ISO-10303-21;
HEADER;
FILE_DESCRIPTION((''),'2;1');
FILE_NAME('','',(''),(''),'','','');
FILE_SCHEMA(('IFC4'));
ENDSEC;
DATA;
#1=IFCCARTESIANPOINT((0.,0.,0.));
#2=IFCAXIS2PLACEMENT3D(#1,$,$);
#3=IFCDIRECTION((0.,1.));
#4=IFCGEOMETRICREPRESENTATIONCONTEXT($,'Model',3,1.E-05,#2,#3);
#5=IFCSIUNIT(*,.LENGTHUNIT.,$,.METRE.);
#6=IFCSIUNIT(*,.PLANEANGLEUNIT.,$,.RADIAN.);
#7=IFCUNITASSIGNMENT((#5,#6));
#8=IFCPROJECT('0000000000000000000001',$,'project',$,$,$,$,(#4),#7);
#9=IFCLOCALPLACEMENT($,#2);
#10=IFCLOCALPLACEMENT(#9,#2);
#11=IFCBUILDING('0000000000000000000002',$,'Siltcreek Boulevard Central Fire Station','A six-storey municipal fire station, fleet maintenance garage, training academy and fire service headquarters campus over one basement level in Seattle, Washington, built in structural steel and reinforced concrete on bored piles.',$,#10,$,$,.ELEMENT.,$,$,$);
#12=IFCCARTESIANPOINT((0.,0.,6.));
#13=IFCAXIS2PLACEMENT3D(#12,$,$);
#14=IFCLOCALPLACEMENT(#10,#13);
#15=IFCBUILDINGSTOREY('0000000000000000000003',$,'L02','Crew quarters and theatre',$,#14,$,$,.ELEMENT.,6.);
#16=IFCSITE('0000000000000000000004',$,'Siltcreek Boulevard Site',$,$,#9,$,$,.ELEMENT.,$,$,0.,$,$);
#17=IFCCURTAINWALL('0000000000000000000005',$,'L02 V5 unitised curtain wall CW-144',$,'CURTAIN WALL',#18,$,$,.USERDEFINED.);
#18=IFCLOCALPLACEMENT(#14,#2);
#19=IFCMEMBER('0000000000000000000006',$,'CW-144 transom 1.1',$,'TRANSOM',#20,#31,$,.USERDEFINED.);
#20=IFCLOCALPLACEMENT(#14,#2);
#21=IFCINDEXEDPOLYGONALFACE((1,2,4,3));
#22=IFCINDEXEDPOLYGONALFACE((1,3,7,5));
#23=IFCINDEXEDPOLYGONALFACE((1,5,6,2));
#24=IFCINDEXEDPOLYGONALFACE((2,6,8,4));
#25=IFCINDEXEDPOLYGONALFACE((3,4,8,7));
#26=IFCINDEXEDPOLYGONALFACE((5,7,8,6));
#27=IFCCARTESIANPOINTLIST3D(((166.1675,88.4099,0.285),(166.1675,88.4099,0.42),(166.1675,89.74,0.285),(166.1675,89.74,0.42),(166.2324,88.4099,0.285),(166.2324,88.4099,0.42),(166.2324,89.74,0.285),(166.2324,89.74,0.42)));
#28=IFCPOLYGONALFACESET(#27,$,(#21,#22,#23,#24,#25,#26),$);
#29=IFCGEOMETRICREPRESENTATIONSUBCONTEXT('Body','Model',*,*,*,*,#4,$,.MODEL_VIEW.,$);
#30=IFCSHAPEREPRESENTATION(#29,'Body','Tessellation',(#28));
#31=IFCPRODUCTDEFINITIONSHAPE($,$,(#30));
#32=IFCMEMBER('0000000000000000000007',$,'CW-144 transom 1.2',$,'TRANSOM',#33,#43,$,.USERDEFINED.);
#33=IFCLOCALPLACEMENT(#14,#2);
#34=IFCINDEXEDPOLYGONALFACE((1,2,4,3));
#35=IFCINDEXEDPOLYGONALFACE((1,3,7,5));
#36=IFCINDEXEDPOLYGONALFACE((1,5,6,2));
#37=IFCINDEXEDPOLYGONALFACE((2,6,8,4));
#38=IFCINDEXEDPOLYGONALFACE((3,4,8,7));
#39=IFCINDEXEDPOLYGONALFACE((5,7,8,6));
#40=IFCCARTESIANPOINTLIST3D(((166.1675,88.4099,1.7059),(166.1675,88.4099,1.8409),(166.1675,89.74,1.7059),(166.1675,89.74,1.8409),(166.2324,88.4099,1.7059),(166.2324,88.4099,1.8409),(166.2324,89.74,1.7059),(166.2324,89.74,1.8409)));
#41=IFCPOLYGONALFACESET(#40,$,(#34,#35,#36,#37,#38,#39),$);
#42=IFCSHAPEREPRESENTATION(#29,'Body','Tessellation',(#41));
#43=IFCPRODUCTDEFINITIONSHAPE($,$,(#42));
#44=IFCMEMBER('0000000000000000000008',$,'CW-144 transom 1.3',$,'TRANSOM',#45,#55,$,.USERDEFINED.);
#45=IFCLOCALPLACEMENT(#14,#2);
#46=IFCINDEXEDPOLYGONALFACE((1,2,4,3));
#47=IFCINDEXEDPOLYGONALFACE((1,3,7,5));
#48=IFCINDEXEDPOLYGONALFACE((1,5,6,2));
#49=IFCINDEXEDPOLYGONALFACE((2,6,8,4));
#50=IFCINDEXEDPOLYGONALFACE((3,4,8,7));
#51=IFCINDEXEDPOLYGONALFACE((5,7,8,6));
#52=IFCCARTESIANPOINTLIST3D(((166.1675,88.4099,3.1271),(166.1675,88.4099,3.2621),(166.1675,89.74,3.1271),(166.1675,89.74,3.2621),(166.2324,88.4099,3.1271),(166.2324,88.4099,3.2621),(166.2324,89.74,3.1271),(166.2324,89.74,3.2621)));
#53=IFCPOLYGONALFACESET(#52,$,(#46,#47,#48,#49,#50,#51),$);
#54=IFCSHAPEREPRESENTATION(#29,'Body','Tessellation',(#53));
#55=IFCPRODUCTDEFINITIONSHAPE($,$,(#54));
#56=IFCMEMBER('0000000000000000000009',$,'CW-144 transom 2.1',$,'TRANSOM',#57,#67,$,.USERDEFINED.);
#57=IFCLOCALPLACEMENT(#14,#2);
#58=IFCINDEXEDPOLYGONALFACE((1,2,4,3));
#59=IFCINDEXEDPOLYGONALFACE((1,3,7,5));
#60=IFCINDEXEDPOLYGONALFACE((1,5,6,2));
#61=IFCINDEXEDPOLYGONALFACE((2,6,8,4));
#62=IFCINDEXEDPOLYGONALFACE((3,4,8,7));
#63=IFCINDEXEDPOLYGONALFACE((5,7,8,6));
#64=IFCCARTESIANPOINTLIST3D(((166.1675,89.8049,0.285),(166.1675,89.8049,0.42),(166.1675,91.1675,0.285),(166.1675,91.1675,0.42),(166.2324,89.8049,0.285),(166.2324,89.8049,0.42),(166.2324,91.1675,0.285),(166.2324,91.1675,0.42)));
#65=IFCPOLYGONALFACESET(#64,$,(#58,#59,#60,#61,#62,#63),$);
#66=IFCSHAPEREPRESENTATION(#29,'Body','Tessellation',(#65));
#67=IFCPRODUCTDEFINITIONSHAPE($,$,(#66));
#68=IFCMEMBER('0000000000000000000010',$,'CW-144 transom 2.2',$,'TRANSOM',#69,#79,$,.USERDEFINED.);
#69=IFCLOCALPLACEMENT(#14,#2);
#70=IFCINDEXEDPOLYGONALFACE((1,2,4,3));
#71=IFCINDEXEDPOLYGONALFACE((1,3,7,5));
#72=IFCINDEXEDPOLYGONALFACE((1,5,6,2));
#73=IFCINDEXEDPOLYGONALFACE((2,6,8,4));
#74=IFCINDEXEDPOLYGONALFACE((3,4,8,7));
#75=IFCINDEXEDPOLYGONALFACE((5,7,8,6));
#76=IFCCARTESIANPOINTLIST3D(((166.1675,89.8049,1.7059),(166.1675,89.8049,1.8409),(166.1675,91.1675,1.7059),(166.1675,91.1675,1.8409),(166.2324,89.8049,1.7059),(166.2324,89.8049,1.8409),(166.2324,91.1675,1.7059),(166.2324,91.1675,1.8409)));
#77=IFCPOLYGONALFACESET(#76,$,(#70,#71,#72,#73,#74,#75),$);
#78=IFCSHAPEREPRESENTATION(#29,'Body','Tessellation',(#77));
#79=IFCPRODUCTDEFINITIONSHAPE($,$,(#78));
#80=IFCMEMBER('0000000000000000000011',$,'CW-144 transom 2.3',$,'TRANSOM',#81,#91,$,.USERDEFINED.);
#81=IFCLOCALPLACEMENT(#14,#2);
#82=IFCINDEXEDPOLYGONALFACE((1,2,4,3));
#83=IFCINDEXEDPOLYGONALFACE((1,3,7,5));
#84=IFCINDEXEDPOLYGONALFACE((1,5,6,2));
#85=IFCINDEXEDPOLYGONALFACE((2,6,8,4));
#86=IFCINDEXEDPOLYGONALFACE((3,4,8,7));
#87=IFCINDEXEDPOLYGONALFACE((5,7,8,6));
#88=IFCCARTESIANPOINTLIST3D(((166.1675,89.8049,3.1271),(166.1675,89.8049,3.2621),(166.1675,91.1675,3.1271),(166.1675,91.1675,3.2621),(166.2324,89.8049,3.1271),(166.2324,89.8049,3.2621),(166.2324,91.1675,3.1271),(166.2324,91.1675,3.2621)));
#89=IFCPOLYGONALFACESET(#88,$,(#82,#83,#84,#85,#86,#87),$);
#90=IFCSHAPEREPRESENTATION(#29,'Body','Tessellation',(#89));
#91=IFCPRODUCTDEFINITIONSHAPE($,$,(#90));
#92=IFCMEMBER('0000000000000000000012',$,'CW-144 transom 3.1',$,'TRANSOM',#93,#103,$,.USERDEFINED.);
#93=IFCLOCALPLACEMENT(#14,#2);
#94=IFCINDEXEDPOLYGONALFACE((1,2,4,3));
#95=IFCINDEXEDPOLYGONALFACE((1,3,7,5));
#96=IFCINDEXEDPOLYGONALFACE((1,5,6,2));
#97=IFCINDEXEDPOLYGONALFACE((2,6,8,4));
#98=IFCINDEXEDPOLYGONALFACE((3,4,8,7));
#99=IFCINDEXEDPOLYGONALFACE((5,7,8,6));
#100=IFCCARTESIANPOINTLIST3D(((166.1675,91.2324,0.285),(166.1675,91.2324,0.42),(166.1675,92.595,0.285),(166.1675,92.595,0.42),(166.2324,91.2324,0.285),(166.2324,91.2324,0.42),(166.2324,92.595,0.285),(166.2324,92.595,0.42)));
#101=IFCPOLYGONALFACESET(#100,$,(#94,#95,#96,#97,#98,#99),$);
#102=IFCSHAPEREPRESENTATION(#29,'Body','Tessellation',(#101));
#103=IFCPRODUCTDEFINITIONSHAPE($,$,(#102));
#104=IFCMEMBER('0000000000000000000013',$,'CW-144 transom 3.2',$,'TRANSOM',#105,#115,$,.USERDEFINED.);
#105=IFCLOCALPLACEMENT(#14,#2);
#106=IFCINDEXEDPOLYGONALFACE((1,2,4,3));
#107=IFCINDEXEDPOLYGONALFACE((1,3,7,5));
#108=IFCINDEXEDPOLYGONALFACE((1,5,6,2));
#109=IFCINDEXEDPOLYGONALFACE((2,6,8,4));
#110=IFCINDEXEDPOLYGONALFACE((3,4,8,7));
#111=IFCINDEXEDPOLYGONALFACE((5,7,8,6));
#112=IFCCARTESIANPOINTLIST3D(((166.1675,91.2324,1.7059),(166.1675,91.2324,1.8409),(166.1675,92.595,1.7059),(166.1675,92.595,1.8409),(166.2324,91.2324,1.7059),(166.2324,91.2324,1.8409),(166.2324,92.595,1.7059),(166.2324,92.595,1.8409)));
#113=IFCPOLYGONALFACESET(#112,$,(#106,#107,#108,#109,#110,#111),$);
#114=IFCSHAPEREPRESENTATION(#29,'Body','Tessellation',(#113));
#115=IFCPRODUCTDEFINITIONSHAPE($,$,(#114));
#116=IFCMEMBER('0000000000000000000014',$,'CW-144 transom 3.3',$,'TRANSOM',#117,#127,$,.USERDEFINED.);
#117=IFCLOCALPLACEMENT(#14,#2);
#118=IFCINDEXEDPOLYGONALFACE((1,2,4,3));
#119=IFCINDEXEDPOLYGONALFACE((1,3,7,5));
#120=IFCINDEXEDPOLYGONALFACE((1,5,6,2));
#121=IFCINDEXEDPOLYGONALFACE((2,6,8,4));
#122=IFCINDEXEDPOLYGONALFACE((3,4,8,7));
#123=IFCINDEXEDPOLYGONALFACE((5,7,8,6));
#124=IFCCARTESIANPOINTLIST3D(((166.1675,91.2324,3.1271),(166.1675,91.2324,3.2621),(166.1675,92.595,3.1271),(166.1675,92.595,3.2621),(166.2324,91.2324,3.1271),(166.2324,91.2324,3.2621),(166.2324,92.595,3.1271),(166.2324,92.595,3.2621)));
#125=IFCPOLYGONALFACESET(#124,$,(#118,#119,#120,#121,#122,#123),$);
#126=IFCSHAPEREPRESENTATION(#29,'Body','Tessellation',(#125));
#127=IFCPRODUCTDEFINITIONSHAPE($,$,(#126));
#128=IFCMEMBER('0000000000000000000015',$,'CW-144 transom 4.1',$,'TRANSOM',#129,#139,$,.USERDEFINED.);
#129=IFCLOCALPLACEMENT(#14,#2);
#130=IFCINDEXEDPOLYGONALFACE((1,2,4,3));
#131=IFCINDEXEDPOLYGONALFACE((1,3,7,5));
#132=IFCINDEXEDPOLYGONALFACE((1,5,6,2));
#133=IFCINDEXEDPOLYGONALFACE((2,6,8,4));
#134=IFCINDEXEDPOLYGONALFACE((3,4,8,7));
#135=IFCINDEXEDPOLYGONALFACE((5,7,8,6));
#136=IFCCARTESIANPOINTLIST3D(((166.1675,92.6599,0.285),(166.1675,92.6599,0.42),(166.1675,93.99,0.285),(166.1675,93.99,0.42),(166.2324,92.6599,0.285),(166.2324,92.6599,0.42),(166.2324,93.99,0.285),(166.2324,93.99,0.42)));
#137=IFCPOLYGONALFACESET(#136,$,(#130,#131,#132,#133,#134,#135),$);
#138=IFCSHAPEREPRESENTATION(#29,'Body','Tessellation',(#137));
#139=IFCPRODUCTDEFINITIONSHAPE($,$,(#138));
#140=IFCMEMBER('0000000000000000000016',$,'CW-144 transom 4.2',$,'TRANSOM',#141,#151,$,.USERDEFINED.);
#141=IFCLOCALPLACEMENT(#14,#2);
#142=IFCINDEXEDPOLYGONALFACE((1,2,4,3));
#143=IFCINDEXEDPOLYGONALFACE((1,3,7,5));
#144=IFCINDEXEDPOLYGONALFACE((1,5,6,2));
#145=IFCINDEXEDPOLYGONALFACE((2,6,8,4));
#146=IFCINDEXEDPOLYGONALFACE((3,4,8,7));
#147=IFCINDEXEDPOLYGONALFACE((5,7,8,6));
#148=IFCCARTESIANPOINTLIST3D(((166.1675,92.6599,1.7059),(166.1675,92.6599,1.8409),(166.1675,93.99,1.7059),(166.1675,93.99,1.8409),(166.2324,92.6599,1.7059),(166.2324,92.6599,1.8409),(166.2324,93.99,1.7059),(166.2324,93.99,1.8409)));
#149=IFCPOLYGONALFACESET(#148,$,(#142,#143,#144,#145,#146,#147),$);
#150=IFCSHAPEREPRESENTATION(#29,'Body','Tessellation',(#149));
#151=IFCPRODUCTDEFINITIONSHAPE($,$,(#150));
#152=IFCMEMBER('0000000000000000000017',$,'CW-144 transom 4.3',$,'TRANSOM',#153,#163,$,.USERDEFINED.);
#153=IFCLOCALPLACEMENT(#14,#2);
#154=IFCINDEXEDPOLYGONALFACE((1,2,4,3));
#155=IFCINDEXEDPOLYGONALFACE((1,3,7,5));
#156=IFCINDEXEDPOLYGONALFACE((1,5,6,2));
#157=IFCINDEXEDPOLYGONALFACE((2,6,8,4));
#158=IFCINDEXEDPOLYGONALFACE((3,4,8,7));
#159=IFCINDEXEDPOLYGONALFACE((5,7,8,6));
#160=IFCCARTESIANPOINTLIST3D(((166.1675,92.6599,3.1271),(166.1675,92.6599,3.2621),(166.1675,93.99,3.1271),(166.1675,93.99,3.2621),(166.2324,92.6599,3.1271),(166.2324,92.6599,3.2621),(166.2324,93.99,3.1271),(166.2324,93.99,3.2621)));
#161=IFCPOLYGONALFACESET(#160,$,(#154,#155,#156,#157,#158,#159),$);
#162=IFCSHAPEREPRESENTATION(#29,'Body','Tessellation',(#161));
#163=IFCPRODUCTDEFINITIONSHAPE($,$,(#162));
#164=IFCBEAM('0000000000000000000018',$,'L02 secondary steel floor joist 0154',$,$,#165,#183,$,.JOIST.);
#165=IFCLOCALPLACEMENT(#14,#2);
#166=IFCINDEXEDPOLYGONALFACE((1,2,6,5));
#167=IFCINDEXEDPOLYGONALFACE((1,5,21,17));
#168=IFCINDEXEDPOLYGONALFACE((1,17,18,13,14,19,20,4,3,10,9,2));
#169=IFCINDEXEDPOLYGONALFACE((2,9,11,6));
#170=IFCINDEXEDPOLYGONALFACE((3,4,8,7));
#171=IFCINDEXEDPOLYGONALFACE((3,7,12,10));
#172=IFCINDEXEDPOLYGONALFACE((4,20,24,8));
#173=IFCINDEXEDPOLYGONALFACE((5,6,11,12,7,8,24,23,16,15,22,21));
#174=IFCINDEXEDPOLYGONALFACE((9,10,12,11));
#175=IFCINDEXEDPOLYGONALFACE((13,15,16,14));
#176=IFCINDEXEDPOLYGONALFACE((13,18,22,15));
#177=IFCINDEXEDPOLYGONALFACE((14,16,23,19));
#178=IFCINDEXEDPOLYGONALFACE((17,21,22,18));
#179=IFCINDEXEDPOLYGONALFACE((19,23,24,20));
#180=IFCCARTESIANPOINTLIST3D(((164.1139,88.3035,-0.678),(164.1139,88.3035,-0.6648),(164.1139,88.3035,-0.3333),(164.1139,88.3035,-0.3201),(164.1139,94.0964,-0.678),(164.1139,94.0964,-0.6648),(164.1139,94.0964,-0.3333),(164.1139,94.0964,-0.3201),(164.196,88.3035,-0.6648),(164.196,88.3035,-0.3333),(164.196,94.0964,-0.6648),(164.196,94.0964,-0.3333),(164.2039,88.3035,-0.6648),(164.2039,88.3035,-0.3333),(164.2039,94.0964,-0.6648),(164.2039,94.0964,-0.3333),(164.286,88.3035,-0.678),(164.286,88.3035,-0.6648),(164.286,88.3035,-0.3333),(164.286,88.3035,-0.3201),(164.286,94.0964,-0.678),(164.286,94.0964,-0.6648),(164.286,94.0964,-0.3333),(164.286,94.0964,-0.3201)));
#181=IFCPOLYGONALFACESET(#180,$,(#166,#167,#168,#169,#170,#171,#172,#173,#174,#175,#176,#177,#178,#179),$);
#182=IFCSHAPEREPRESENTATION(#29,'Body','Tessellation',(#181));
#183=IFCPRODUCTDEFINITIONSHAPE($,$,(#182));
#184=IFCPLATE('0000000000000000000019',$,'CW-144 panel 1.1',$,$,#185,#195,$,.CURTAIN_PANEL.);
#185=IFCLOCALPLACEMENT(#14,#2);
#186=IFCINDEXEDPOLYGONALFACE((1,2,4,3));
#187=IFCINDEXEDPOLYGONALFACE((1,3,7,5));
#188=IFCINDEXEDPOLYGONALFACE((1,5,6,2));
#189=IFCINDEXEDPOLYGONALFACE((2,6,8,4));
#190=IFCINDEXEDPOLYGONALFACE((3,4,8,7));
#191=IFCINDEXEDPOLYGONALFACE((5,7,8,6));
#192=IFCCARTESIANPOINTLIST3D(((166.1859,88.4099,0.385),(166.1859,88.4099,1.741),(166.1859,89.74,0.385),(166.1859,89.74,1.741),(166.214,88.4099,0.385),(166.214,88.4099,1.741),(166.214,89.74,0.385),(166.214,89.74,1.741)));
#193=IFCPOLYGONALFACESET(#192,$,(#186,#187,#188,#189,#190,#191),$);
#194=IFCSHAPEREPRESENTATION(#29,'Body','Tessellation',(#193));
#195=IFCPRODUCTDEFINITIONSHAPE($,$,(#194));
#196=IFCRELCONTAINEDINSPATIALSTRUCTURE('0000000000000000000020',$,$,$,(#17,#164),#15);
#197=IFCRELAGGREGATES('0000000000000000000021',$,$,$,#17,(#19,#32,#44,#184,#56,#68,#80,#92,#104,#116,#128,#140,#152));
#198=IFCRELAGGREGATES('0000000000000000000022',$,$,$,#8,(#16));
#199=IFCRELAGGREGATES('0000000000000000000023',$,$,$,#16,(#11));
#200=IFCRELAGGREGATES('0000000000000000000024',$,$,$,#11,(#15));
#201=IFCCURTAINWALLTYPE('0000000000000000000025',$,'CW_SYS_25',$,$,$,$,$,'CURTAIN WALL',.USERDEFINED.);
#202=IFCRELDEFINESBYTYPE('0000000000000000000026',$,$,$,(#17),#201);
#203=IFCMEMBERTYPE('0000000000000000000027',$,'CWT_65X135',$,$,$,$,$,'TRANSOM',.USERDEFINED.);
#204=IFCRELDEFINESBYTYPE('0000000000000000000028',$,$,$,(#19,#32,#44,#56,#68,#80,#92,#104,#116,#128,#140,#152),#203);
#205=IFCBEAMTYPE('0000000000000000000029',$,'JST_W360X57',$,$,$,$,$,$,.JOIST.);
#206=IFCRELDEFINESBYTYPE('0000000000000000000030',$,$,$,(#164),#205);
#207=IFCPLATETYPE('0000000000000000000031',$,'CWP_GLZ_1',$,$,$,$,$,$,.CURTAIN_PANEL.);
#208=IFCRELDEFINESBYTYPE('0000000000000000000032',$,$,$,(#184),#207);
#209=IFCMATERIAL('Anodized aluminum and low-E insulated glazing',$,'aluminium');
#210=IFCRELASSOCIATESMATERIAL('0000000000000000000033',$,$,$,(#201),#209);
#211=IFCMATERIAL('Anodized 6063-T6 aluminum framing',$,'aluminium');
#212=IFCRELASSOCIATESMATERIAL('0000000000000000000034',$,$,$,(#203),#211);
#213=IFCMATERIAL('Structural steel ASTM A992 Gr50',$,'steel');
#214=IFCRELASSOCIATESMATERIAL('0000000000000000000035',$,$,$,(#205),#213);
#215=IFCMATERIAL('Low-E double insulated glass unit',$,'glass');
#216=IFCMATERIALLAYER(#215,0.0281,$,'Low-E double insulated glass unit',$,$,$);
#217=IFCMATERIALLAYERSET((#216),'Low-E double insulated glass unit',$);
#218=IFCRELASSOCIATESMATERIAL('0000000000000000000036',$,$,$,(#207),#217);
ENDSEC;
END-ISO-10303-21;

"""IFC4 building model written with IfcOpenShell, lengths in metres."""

from ifc_helpers import new_model, si_unit, direction, frame, origin, origin_2d, place, context, subcontext, project, spatial, rectangle, i_section, extrude, material, layer, layer_set, material_profile, profile_set, type_object, element, aggregate, save


model = new_model("IFC4")

# Units and contexts
model_context = context("Model", 3, precision=1e-05, world=origin(), true_north=direction((0.0, 1.0)))
body_context = subcontext(model_context, "Body", "Model", "MODEL_VIEW")
ifc_project = project(units=[si_unit("LENGTHUNIT", "METRE"), si_unit("PLANEANGLEUNIT", "RADIAN")], contexts=[model_context])

# Site, building, storey
site_placement = place(None, origin())
site = spatial("IfcSite", under=ifc_project, at=site_placement, Name="Siltcreek Boulevard Site", CompositionType="ELEMENT", RefElevation=0.0)
building_placement = place(site_placement, origin())
building = spatial("IfcBuilding", under=site, at=building_placement, Name="Siltcreek Boulevard Central Fire Station", Description="A six-storey municipal fire station, fleet maintenance garage, training academy and fire service headquarters campus over one basement level in Seattle, Washington, built in structural steel and reinforced concrete on bored piles.", CompositionType="ELEMENT")
storey_placement = place(building_placement, frame((0.0, 0.0, 6.0)))
storey = spatial("IfcBuildingStorey", under=building, at=storey_placement, Name="L02", Description="Crew quarters and theatre", CompositionType="ELEMENT", Elevation=6.0)

# Shared definitions
ifc_material_1 = material(Name="Structural steel ASTM A992 Gr50", Category="steel")

# Shared definitions
ifc_material_2 = material(Name="Anodized aluminum and low-E insulated glazing", Category="aluminium")
ifc_material_3 = material(Name="Anodized 6063-T6 aluminum framing", Category="aluminium")

# Curtain wall
curtain_wall_type_1 = type_object("IfcCurtainWallType", Name="CW_SYS_25", ElementType="CURTAIN WALL", PredefinedType="USERDEFINED", material=ifc_material_2)
curtain_wall_1_placement = place(storey_placement, origin())
curtain_wall_1 = element("IfcCurtainWall", 1, at=curtain_wall_1_placement, inside=storey, type_object=curtain_wall_type_1, Name="L02 V5 unitised curtain wall CW-144", ObjectType="CURTAIN WALL", PredefinedType="USERDEFINED")

# Members
ifc_material_profile_1 = material_profile(ifc_material_3, rectangle(XDim=0.0649, YDim=0.135, at=origin_2d()), Name="TRAN65X135")
ifc_profile_set_1 = profile_set([ifc_material_profile_1], Name="Anodized 6063-T6 aluminum framing")
member_type_1 = type_object("IfcMemberType", Name="CWT_65X135", ElementType="TRANSOM", PredefinedType="USERDEFINED", material=ifc_profile_set_1)
member_1_placement = place(storey_placement, frame((166.2, 88.4099, 0.3525), z_axis=(0.0, 1.0, 0.0), x_axis=(-1.0, 0.0, 0.0)))
member_1 = element("IfcMember", 2, at=member_1_placement, type_object=member_type_1, Name="CW-144 transom 1.1", ObjectType="TRANSOM", PredefinedType="USERDEFINED", context=body_context, shape_type="SweptSolid", body=[
    extrude(rectangle(XDim=0.0649, YDim=0.135, at=origin_2d()), origin(), (0.0, 0.0, 1.0), 1.3301),
])
member_2_placement = place(storey_placement, frame((166.2, 88.4099, 1.7734), z_axis=(0.0, 1.0, 0.0), x_axis=(-1.0, 0.0, 0.0)))
member_2 = element("IfcMember", 3, at=member_2_placement, type_object=member_type_1, Name="CW-144 transom 1.2", ObjectType="TRANSOM", PredefinedType="USERDEFINED", context=body_context, shape_type="SweptSolid", body=[
    extrude(rectangle(XDim=0.0649, YDim=0.135, at=origin_2d()), origin(), (0.0, 0.0, 1.0), 1.3301),
])
member_3_placement = place(storey_placement, frame((166.2, 88.4099, 3.1946), z_axis=(0.0, 1.0, 0.0), x_axis=(-1.0, 0.0, 0.0)))
member_3 = element("IfcMember", 4, at=member_3_placement, type_object=member_type_1, Name="CW-144 transom 1.3", ObjectType="TRANSOM", PredefinedType="USERDEFINED", context=body_context, shape_type="SweptSolid", body=[
    extrude(rectangle(XDim=0.0649, YDim=0.135, at=origin_2d()), origin(), (0.0, 0.0, 1.0), 1.3301),
])
member_4_placement = place(storey_placement, frame((166.2, 89.8049, 0.3525), z_axis=(0.0, 1.0, 0.0), x_axis=(-1.0, 0.0, 0.0)))
member_4 = element("IfcMember", 5, at=member_4_placement, type_object=member_type_1, Name="CW-144 transom 2.1", ObjectType="TRANSOM", PredefinedType="USERDEFINED", context=body_context, shape_type="SweptSolid", body=[
    extrude(rectangle(XDim=0.0649, YDim=0.135, at=origin_2d()), origin(), (0.0, 0.0, 1.0), 1.3625),
])
member_5_placement = place(storey_placement, frame((166.2, 89.8049, 1.7734), z_axis=(0.0, 1.0, 0.0), x_axis=(-1.0, 0.0, 0.0)))
member_5 = element("IfcMember", 6, at=member_5_placement, type_object=member_type_1, Name="CW-144 transom 2.2", ObjectType="TRANSOM", PredefinedType="USERDEFINED", context=body_context, shape_type="SweptSolid", body=[
    extrude(rectangle(XDim=0.0649, YDim=0.135, at=origin_2d()), origin(), (0.0, 0.0, 1.0), 1.3625),
])
member_6_placement = place(storey_placement, frame((166.2, 89.8049, 3.1946), z_axis=(0.0, 1.0, 0.0), x_axis=(-1.0, 0.0, 0.0)))
member_6 = element("IfcMember", 7, at=member_6_placement, type_object=member_type_1, Name="CW-144 transom 2.3", ObjectType="TRANSOM", PredefinedType="USERDEFINED", context=body_context, shape_type="SweptSolid", body=[
    extrude(rectangle(XDim=0.0649, YDim=0.135, at=origin_2d()), origin(), (0.0, 0.0, 1.0), 1.3625),
])
member_7_placement = place(storey_placement, frame((166.2, 91.2324, 0.3525), z_axis=(0.0, 1.0, 0.0), x_axis=(-1.0, 0.0, 0.0)))
member_7 = element("IfcMember", 8, at=member_7_placement, type_object=member_type_1, Name="CW-144 transom 3.1", ObjectType="TRANSOM", PredefinedType="USERDEFINED", context=body_context, shape_type="SweptSolid", body=[
    extrude(rectangle(XDim=0.0649, YDim=0.135, at=origin_2d()), origin(), (0.0, 0.0, 1.0), 1.3625),
])
member_8_placement = place(storey_placement, frame((166.2, 91.2324, 1.7734), z_axis=(0.0, 1.0, 0.0), x_axis=(-1.0, 0.0, 0.0)))
member_8 = element("IfcMember", 9, at=member_8_placement, type_object=member_type_1, Name="CW-144 transom 3.2", ObjectType="TRANSOM", PredefinedType="USERDEFINED", context=body_context, shape_type="SweptSolid", body=[
    extrude(rectangle(XDim=0.0649, YDim=0.135, at=origin_2d()), origin(), (0.0, 0.0, 1.0), 1.3625),
])
member_9_placement = place(storey_placement, frame((166.2, 91.2324, 3.1946), z_axis=(0.0, 1.0, 0.0), x_axis=(-1.0, 0.0, 0.0)))
member_9 = element("IfcMember", 10, at=member_9_placement, type_object=member_type_1, Name="CW-144 transom 3.3", ObjectType="TRANSOM", PredefinedType="USERDEFINED", context=body_context, shape_type="SweptSolid", body=[
    extrude(rectangle(XDim=0.0649, YDim=0.135, at=origin_2d()), origin(), (0.0, 0.0, 1.0), 1.3625),
])
member_10_placement = place(storey_placement, frame((166.2, 92.6599, 0.3525), z_axis=(0.0, 1.0, 0.0), x_axis=(-1.0, 0.0, 0.0)))
member_10 = element("IfcMember", 11, at=member_10_placement, type_object=member_type_1, Name="CW-144 transom 4.1", ObjectType="TRANSOM", PredefinedType="USERDEFINED", context=body_context, shape_type="SweptSolid", body=[
    extrude(rectangle(XDim=0.0649, YDim=0.135, at=origin_2d()), origin(), (0.0, 0.0, 1.0), 1.3301),
])
member_11_placement = place(storey_placement, frame((166.2, 92.6599, 1.7734), z_axis=(0.0, 1.0, 0.0), x_axis=(-1.0, 0.0, 0.0)))
member_11 = element("IfcMember", 12, at=member_11_placement, type_object=member_type_1, Name="CW-144 transom 4.2", ObjectType="TRANSOM", PredefinedType="USERDEFINED", context=body_context, shape_type="SweptSolid", body=[
    extrude(rectangle(XDim=0.0649, YDim=0.135, at=origin_2d()), origin(), (0.0, 0.0, 1.0), 1.3301),
])
member_12_placement = place(storey_placement, frame((166.2, 92.6599, 3.1946), z_axis=(0.0, 1.0, 0.0), x_axis=(-1.0, 0.0, 0.0)))
member_12 = element("IfcMember", 13, at=member_12_placement, type_object=member_type_1, Name="CW-144 transom 4.3", ObjectType="TRANSOM", PredefinedType="USERDEFINED", context=body_context, shape_type="SweptSolid", body=[
    extrude(rectangle(XDim=0.0649, YDim=0.135, at=origin_2d()), origin(), (0.0, 0.0, 1.0), 1.3301),
])

# Beam
ifc_material_profile_2 = material_profile(ifc_material_1, i_section(OverallWidth=0.1721, OverallDepth=0.3579, WebThickness=0.0078, FlangeThickness=0.0132, at=origin_2d()), Name="W360X57")
ifc_profile_set_2 = profile_set([ifc_material_profile_2], Name="Structural steel ASTM A992 Gr50")
beam_type_1 = type_object("IfcBeamType", Name="JST_W360X57", PredefinedType="JOIST", material=ifc_profile_set_2)
beam_placement = place(storey_placement, frame((164.2, 88.3035, -0.499), z_axis=(0.0, 1.0, 0.0), x_axis=(-1.0, 0.0, 0.0)))
element("IfcBeam", 14, at=beam_placement, inside=storey, type_object=beam_type_1, Name="L02 secondary steel floor joist 0154", PredefinedType="JOIST", context=body_context, shape_type="SweptSolid", body=[
    extrude(i_section(OverallWidth=0.1721, OverallDepth=0.3579, WebThickness=0.0078, FlangeThickness=0.0132, at=origin_2d()), origin(), (0.0, 0.0, 1.0), 5.793),
])

# Plate
ifc_material_4 = material(Name="Low-E double insulated glass unit", Category="glass")
ifc_layer_1 = layer(ifc_material_4, 0.0281, Name="Low-E double insulated glass unit")
ifc_layer_set_1 = layer_set([ifc_layer_1], Name="Low-E double insulated glass unit")
plate_type_1 = type_object("IfcPlateType", Name="CWP_GLZ_1", PredefinedType="CURTAIN_PANEL", material=ifc_layer_set_1)
plate_1_placement = place(storey_placement, frame((166.2, 89.075, 0.385), z_axis=(0.0, 0.0, 1.0), x_axis=(0.0, 1.0, 0.0)))
plate_1 = element("IfcPlate", 15, at=plate_1_placement, type_object=plate_type_1, Name="CW-144 panel 1.1", PredefinedType="CURTAIN_PANEL", context=body_context, shape_type="SweptSolid", body=[
    extrude(rectangle(XDim=1.3301, YDim=0.0281, at=origin_2d()), origin(), (0.0, 0.0, 1.0), 1.356),
])
aggregate(curtain_wall_1, [member_1, member_2, member_3, plate_1, member_4, member_5, member_6, member_7, member_8, member_9, member_10, member_11, member_12])

save(model, "model.ifc")
